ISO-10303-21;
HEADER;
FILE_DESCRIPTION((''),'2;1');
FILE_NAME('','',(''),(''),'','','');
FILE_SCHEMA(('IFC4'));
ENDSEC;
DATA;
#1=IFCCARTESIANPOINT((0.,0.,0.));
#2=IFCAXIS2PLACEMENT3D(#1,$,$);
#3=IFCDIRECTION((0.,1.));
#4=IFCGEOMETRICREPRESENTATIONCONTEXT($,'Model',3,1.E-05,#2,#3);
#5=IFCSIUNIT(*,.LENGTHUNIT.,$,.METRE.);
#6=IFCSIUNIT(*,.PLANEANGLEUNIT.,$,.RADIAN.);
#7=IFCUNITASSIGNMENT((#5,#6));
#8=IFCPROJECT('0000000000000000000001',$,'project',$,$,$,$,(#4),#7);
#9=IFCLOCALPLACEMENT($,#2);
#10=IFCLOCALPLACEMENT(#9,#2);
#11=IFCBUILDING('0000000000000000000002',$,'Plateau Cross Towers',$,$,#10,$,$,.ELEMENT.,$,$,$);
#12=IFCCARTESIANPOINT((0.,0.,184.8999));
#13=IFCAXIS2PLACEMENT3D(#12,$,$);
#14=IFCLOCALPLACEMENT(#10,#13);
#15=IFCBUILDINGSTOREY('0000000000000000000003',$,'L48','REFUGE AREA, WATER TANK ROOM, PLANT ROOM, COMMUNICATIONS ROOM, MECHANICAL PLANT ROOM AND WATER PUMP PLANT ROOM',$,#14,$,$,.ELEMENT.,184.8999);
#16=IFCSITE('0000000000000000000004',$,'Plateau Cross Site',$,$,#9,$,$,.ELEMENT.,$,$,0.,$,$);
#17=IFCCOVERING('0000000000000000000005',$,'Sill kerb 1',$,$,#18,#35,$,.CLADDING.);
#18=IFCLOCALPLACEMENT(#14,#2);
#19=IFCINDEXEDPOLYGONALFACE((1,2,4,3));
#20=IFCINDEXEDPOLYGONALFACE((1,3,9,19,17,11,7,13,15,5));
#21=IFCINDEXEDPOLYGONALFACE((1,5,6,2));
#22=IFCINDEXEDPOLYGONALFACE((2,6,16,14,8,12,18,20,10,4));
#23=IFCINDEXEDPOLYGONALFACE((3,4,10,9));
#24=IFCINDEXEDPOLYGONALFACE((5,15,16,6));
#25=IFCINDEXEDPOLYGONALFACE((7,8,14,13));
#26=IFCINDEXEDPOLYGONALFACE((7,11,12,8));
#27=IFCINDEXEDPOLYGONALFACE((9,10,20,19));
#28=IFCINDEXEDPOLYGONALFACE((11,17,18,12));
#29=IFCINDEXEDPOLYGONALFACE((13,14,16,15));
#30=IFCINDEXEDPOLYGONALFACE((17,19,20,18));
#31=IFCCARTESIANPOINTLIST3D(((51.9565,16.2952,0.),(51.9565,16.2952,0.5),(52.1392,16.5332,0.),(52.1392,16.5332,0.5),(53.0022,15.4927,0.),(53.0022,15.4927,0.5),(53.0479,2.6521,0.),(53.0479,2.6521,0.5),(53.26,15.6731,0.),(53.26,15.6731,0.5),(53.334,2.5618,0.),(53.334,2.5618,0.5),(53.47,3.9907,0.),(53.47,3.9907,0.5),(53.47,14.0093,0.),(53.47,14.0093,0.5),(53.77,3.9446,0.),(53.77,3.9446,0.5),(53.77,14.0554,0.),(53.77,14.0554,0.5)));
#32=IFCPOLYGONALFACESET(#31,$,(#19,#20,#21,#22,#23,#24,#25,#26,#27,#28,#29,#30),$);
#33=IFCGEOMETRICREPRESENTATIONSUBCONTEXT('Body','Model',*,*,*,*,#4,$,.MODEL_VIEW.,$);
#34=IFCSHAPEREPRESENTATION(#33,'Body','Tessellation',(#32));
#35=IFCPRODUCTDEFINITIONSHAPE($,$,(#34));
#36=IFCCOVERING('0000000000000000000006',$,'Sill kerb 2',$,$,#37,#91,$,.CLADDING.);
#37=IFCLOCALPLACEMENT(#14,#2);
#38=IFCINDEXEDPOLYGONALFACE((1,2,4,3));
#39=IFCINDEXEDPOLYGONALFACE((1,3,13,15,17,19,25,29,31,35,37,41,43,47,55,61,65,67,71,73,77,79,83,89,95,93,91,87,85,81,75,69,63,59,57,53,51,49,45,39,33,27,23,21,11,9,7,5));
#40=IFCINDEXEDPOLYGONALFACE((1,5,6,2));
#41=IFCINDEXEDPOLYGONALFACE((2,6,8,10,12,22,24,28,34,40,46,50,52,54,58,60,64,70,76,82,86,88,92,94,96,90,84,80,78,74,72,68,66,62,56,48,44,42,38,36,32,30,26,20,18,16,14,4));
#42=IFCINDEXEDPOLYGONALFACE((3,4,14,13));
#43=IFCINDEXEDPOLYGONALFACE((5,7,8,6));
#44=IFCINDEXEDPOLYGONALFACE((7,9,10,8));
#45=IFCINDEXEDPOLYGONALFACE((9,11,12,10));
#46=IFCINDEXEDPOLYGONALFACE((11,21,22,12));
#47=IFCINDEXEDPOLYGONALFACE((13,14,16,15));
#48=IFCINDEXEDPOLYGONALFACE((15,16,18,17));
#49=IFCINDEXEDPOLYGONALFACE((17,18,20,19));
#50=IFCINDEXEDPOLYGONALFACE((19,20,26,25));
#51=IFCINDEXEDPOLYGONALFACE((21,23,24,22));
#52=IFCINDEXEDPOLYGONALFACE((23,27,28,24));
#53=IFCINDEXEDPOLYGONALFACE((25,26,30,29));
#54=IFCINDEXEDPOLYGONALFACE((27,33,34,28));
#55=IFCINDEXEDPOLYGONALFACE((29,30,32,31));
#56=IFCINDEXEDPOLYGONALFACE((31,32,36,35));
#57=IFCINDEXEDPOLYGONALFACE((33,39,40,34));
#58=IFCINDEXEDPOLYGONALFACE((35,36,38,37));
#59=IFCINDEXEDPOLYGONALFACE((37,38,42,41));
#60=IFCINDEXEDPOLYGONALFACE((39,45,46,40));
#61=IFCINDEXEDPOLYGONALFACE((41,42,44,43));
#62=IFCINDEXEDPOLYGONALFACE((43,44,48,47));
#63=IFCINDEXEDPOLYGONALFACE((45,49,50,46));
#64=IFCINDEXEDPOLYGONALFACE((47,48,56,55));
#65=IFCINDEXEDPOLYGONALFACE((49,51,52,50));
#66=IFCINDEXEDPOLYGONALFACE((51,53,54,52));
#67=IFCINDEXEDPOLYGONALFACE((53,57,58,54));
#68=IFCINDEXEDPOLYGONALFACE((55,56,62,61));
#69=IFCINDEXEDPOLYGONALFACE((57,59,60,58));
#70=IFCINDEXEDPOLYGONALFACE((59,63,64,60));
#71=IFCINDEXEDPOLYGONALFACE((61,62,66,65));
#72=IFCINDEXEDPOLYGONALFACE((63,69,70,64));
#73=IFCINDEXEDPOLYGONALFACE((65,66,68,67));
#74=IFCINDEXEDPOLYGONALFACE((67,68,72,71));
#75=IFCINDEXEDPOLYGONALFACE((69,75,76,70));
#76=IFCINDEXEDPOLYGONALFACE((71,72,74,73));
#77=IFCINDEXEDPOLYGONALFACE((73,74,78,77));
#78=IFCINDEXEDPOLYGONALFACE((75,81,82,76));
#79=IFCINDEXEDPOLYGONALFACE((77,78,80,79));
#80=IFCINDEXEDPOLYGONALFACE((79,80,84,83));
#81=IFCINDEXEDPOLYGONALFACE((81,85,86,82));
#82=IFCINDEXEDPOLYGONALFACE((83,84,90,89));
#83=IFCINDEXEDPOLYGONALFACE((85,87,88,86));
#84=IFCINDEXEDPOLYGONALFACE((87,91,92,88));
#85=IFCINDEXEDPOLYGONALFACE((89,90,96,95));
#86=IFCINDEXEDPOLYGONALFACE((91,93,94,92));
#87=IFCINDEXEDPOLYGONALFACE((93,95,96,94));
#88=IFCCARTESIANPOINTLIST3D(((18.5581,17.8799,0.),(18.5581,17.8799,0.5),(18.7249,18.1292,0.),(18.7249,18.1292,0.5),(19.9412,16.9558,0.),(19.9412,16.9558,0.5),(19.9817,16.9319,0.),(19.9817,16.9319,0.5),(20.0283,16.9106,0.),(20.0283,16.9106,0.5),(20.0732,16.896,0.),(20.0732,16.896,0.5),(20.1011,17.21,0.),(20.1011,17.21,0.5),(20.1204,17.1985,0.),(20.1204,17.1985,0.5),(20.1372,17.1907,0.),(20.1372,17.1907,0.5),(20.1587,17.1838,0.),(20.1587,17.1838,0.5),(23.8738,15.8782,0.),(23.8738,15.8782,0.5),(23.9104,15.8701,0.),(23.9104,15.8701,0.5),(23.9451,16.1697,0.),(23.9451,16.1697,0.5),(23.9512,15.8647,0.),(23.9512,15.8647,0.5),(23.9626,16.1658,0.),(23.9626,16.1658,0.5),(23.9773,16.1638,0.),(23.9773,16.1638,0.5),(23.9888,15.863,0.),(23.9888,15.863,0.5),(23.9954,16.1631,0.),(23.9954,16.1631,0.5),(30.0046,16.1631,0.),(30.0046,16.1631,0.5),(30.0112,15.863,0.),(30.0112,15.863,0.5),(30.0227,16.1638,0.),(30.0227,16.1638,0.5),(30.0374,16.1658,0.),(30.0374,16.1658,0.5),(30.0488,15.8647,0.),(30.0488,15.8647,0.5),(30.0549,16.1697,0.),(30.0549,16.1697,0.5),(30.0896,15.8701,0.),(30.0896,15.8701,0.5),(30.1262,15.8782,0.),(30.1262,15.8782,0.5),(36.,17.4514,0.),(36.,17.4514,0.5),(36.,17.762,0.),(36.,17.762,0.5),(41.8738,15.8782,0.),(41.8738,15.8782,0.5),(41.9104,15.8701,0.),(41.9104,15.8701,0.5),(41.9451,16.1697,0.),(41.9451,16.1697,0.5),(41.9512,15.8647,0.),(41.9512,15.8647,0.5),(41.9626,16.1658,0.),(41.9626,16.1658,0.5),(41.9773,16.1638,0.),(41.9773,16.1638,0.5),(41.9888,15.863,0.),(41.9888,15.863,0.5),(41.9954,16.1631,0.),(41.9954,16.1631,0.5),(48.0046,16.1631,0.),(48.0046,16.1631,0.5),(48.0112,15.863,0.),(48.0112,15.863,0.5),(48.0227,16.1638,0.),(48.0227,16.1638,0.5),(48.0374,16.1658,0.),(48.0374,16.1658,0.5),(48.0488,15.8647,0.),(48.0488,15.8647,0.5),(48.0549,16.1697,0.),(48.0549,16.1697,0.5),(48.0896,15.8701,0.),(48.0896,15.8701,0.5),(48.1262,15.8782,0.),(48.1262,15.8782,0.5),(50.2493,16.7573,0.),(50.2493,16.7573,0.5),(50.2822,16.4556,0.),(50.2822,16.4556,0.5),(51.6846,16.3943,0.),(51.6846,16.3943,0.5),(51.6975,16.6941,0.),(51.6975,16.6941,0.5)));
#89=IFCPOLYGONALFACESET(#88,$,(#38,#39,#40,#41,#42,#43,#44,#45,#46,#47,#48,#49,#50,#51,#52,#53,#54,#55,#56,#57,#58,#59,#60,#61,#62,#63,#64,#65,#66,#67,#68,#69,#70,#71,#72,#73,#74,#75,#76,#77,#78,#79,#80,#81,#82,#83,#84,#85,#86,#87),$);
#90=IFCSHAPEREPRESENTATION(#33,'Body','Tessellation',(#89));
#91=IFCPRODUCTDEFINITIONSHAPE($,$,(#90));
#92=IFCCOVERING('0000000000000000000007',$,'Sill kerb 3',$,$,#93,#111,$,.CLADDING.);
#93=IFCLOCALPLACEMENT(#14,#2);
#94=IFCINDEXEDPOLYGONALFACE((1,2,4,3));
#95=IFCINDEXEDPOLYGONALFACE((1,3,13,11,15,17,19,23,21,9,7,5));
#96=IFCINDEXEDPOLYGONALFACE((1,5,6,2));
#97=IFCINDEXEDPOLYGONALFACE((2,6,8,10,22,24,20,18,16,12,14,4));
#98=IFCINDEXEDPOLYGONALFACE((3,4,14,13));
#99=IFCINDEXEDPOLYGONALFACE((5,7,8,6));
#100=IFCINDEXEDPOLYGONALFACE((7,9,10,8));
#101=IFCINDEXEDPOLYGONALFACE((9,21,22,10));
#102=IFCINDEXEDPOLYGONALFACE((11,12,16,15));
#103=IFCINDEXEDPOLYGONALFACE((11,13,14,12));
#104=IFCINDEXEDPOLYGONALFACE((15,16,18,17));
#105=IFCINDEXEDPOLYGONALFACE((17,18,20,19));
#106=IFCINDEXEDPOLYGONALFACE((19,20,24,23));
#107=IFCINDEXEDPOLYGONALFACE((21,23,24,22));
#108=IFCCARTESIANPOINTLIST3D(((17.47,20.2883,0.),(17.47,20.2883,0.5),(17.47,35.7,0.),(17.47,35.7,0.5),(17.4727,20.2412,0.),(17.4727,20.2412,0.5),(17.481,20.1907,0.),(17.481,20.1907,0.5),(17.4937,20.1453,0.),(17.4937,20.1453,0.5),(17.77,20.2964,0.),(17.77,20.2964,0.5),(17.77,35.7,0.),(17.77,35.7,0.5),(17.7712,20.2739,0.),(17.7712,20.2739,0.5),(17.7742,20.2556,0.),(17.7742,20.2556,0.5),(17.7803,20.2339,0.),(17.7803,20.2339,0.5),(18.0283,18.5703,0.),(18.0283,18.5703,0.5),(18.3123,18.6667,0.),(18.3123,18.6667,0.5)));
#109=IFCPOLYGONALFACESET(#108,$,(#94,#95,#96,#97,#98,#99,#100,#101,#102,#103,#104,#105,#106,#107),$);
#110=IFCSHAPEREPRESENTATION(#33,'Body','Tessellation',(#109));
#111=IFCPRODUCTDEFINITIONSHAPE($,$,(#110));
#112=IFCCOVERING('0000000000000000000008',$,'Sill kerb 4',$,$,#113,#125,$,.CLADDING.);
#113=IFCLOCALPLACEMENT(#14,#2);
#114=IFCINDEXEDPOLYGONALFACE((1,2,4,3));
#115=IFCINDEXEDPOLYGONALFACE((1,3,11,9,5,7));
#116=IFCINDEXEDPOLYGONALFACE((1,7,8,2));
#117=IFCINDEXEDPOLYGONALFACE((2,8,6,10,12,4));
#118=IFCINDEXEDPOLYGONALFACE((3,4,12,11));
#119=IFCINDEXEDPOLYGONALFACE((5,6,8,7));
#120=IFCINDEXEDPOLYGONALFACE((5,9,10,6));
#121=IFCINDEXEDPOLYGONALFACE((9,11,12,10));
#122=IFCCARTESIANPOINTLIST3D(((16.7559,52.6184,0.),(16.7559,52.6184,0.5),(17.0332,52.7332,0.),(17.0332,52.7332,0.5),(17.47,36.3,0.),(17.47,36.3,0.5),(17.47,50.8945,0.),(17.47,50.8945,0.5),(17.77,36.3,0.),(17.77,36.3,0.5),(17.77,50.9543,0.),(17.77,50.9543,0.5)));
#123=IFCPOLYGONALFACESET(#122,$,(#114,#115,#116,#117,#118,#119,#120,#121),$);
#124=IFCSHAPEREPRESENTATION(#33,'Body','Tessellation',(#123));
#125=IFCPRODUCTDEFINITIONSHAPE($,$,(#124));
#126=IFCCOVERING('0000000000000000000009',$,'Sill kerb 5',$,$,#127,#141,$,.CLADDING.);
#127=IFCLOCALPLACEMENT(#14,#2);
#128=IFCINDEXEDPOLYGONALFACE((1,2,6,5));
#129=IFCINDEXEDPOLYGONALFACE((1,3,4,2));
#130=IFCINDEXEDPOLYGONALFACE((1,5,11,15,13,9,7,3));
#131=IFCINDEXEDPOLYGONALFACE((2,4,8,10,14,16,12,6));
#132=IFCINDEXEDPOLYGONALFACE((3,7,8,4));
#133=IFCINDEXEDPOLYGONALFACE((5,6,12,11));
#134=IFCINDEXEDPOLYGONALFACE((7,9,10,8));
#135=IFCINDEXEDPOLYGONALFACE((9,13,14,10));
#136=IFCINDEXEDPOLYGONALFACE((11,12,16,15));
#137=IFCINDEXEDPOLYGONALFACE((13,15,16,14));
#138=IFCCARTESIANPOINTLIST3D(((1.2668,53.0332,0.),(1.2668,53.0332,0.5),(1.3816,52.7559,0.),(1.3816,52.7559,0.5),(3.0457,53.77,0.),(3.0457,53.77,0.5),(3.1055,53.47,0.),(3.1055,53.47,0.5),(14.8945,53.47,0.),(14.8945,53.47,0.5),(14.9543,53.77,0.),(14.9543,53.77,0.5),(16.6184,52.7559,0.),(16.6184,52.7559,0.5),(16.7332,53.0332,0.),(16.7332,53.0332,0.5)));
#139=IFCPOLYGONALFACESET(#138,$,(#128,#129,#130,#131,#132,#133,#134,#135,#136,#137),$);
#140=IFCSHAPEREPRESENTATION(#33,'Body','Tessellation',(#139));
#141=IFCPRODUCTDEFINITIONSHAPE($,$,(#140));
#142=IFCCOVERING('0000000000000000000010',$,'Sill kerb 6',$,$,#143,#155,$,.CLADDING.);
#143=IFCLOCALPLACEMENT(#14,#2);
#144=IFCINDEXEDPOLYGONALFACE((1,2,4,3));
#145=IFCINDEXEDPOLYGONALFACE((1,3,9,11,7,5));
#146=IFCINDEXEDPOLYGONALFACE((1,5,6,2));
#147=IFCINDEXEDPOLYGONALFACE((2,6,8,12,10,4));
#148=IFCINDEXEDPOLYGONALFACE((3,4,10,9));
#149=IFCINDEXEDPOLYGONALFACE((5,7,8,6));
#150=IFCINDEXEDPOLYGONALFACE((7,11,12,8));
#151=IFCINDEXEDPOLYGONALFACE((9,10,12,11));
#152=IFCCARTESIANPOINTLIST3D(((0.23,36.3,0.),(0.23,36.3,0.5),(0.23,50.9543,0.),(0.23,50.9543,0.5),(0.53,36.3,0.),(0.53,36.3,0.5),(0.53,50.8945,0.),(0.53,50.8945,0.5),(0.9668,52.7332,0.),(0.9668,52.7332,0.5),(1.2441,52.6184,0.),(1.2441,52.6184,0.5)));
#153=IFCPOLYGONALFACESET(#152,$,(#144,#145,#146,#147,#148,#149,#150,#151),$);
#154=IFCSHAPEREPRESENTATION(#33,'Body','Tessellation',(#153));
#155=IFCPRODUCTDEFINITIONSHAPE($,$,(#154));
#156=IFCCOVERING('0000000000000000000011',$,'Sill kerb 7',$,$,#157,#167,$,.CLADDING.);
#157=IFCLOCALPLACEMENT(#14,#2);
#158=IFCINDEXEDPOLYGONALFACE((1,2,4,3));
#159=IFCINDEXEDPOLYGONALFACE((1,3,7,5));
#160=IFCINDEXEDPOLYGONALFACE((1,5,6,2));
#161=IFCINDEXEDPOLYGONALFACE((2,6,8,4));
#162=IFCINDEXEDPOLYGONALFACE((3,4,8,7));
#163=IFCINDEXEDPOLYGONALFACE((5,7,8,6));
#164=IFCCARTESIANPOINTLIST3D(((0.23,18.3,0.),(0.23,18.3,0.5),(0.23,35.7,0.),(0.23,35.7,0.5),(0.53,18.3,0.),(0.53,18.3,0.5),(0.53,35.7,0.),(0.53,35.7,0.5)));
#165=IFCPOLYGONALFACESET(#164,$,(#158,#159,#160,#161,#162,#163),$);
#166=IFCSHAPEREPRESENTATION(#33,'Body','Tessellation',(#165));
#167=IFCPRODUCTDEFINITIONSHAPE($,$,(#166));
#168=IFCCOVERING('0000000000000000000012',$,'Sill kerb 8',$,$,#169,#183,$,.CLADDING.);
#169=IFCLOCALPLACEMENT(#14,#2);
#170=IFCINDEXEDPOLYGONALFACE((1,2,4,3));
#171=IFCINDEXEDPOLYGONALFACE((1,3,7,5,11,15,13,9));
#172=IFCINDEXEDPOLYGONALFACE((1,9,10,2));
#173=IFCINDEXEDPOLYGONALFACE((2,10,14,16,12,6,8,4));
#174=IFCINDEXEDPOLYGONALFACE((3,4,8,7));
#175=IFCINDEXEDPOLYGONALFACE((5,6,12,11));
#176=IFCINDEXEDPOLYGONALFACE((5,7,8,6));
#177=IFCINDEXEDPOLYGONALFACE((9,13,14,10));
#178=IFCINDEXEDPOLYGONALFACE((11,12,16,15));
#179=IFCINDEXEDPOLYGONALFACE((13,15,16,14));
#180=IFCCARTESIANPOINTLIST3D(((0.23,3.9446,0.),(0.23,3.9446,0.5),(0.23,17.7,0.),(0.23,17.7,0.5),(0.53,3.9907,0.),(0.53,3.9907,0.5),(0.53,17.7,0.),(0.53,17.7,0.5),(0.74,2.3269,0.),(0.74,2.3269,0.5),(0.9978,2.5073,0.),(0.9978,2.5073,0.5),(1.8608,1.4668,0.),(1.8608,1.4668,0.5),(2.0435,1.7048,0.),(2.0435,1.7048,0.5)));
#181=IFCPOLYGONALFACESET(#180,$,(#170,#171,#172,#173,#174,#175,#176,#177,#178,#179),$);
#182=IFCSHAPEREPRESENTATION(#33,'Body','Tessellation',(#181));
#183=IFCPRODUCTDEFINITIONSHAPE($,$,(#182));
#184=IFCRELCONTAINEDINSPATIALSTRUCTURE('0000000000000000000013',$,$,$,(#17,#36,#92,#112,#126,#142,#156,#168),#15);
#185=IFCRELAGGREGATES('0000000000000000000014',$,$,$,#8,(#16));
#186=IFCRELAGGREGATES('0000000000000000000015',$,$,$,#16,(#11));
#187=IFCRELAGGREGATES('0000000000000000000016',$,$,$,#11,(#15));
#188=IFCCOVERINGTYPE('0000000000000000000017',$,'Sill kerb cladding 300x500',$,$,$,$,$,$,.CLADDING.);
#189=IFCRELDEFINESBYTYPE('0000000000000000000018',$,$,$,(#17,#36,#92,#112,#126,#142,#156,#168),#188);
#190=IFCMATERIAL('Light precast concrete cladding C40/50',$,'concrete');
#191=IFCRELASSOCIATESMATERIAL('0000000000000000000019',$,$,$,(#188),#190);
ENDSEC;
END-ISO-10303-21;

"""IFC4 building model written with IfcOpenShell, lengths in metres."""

from ifc_helpers import new_model, si_unit, direction, frame, origin, place, context, subcontext, project, spatial, polyline, outline, extrude, material, type_object, element, save


model = new_model("IFC4")

# Units and contexts
model_context = context("Model", 3, precision=1e-05, world=origin(), true_north=direction((0.0, 1.0)))
body_context = subcontext(model_context, "Body", "Model", "MODEL_VIEW")
ifc_project = project(units=[si_unit("LENGTHUNIT", "METRE"), si_unit("PLANEANGLEUNIT", "RADIAN")], contexts=[model_context])

# Site, building, storey
site_placement = place(None, origin())
site = spatial("IfcSite", under=ifc_project, at=site_placement, Name="Plateau Cross Site", CompositionType="ELEMENT", RefElevation=0.0)
building_placement = place(site_placement, origin())
building = spatial("IfcBuilding", under=site, at=building_placement, Name="Plateau Cross Towers", CompositionType="ELEMENT")
storey_placement = place(building_placement, frame((0.0, 0.0, 184.8999)))
storey = spatial("IfcBuildingStorey", under=building, at=storey_placement, Name="L48", Description="REFUGE AREA, WATER TANK ROOM, PLANT ROOM, COMMUNICATIONS ROOM, MECHANICAL PLANT ROOM AND WATER PUMP PLANT ROOM", CompositionType="ELEMENT", Elevation=184.8999)

# Coverings
ifc_material_1 = material(Name="Light precast concrete cladding C40/50", Category="concrete")
covering_type_1 = type_object("IfcCoveringType", Name="Sill kerb cladding 300x500", PredefinedType="CLADDING", material=ifc_material_1)
covering_1_placement = place(storey_placement, origin())
element("IfcCovering", 1, at=covering_1_placement, inside=storey, type_object=covering_type_1, Name="Sill kerb 1", PredefinedType="CLADDING", context=body_context, shape_type="SweptSolid", body=[
    extrude(outline(polyline([(53.47, 3.9907), (53.47, 14.0093), (53.0022, 15.4927), (51.9565, 16.2952), (52.1392, 16.5332), (53.26, 15.6731), (53.77, 14.0554), (53.77, 3.9446), (53.334, 2.5618), (53.0479, 2.6521), (53.47, 3.9907)])), origin(), (0.0, 0.0, 1.0), 0.5),
])
covering_2_placement = place(storey_placement, origin())
element("IfcCovering", 2, at=covering_2_placement, inside=storey, type_object=covering_type_1, Name="Sill kerb 2", PredefinedType="CLADDING", context=body_context, shape_type="SweptSolid", body=[
    extrude(outline(polyline([(50.2822, 16.4556), (48.1262, 15.8782), (48.0896, 15.8701), (48.0488, 15.8647), (48.0112, 15.863), (41.9888, 15.863), (41.9512, 15.8647), (41.9104, 15.8701), (41.8738, 15.8782), (36.0, 17.4514), (30.1262, 15.8782), (30.0896, 15.8701), (30.0488, 15.8647), (30.0112, 15.863), (23.9888, 15.863), (23.9512, 15.8647), (23.9104, 15.8701), (23.8738, 15.8782), (20.0732, 16.896), (20.0283, 16.9106), (19.9817, 16.9319), (19.9412, 16.9558), (18.5581, 17.8799), (18.7249, 18.1292), (20.1011, 17.21), (20.1204, 17.1985), (20.1372, 17.1907), (20.1587, 17.1838), (23.9451, 16.1697), (23.9626, 16.1658), (23.9773, 16.1638), (23.9954, 16.1631), (30.0046, 16.1631), (30.0227, 16.1638), (30.0374, 16.1658), (30.0549, 16.1697), (36.0, 17.762), (41.9451, 16.1697), (41.9626, 16.1658), (41.9773, 16.1638), (41.9954, 16.1631), (48.0046, 16.1631), (48.0227, 16.1638), (48.0374, 16.1658), (48.0549, 16.1697), (50.2493, 16.7573), (51.6975, 16.6941), (51.6846, 16.3943), (50.2822, 16.4556)])), origin(), (0.0, 0.0, 1.0), 0.5),
])
covering_3_placement = place(storey_placement, origin())
element("IfcCovering", 3, at=covering_3_placement, inside=storey, type_object=covering_type_1, Name="Sill kerb 3", PredefinedType="CLADDING", context=body_context, shape_type="SweptSolid", body=[
    extrude(outline(polyline([(17.4937, 20.1453), (17.481, 20.1907), (17.4727, 20.2412), (17.47, 20.2883), (17.47, 35.7), (17.77, 35.7), (17.77, 20.2964), (17.7712, 20.2739), (17.7742, 20.2556), (17.7803, 20.2339), (18.3123, 18.6667), (18.0283, 18.5703), (17.4937, 20.1453)])), origin(), (0.0, 0.0, 1.0), 0.5),
])
covering_4_placement = place(storey_placement, origin())
element("IfcCovering", 4, at=covering_4_placement, inside=storey, type_object=covering_type_1, Name="Sill kerb 4", PredefinedType="CLADDING", context=body_context, shape_type="SweptSolid", body=[
    extrude(outline(polyline([(17.47, 50.8945), (16.7559, 52.6184), (17.0332, 52.7332), (17.77, 50.9543), (17.77, 36.3), (17.47, 36.3), (17.47, 50.8945)])), origin(), (0.0, 0.0, 1.0), 0.5),
])
covering_5_placement = place(storey_placement, origin())
element("IfcCovering", 5, at=covering_5_placement, inside=storey, type_object=covering_type_1, Name="Sill kerb 5", PredefinedType="CLADDING", context=body_context, shape_type="SweptSolid", body=[
    extrude(outline(polyline([(14.8945, 53.47), (3.1055, 53.47), (1.3816, 52.7559), (1.2668, 53.0332), (3.0457, 53.77), (14.9543, 53.77), (16.7332, 53.0332), (16.6184, 52.7559), (14.8945, 53.47)])), origin(), (0.0, 0.0, 1.0), 0.5),
])
covering_6_placement = place(storey_placement, origin())
element("IfcCovering", 6, at=covering_6_placement, inside=storey, type_object=covering_type_1, Name="Sill kerb 6", PredefinedType="CLADDING", context=body_context, shape_type="SweptSolid", body=[
    extrude(outline(polyline([(0.53, 50.8945), (0.53, 36.3), (0.23, 36.3), (0.23, 50.9543), (0.9668, 52.7332), (1.2441, 52.6184), (0.53, 50.8945)])), origin(), (0.0, 0.0, 1.0), 0.5),
])
covering_7_placement = place(storey_placement, origin())
element("IfcCovering", 7, at=covering_7_placement, inside=storey, type_object=covering_type_1, Name="Sill kerb 7", PredefinedType="CLADDING", context=body_context, shape_type="SweptSolid", body=[
    extrude(outline(polyline([(0.53, 18.3), (0.23, 18.3), (0.23, 35.7), (0.53, 35.7), (0.53, 18.3)])), origin(), (0.0, 0.0, 1.0), 0.5),
])
covering_8_placement = place(storey_placement, origin())
element("IfcCovering", 8, at=covering_8_placement, inside=storey, type_object=covering_type_1, Name="Sill kerb 8", PredefinedType="CLADDING", context=body_context, shape_type="SweptSolid", body=[
    extrude(outline(polyline([(0.53, 3.9907), (0.9978, 2.5073), (2.0435, 1.7048), (1.8608, 1.4668), (0.74, 2.3269), (0.23, 3.9446), (0.23, 17.7), (0.53, 17.7), (0.53, 3.9907)])), origin(), (0.0, 0.0, 1.0), 0.5),
])

save(model, "model.ifc")
